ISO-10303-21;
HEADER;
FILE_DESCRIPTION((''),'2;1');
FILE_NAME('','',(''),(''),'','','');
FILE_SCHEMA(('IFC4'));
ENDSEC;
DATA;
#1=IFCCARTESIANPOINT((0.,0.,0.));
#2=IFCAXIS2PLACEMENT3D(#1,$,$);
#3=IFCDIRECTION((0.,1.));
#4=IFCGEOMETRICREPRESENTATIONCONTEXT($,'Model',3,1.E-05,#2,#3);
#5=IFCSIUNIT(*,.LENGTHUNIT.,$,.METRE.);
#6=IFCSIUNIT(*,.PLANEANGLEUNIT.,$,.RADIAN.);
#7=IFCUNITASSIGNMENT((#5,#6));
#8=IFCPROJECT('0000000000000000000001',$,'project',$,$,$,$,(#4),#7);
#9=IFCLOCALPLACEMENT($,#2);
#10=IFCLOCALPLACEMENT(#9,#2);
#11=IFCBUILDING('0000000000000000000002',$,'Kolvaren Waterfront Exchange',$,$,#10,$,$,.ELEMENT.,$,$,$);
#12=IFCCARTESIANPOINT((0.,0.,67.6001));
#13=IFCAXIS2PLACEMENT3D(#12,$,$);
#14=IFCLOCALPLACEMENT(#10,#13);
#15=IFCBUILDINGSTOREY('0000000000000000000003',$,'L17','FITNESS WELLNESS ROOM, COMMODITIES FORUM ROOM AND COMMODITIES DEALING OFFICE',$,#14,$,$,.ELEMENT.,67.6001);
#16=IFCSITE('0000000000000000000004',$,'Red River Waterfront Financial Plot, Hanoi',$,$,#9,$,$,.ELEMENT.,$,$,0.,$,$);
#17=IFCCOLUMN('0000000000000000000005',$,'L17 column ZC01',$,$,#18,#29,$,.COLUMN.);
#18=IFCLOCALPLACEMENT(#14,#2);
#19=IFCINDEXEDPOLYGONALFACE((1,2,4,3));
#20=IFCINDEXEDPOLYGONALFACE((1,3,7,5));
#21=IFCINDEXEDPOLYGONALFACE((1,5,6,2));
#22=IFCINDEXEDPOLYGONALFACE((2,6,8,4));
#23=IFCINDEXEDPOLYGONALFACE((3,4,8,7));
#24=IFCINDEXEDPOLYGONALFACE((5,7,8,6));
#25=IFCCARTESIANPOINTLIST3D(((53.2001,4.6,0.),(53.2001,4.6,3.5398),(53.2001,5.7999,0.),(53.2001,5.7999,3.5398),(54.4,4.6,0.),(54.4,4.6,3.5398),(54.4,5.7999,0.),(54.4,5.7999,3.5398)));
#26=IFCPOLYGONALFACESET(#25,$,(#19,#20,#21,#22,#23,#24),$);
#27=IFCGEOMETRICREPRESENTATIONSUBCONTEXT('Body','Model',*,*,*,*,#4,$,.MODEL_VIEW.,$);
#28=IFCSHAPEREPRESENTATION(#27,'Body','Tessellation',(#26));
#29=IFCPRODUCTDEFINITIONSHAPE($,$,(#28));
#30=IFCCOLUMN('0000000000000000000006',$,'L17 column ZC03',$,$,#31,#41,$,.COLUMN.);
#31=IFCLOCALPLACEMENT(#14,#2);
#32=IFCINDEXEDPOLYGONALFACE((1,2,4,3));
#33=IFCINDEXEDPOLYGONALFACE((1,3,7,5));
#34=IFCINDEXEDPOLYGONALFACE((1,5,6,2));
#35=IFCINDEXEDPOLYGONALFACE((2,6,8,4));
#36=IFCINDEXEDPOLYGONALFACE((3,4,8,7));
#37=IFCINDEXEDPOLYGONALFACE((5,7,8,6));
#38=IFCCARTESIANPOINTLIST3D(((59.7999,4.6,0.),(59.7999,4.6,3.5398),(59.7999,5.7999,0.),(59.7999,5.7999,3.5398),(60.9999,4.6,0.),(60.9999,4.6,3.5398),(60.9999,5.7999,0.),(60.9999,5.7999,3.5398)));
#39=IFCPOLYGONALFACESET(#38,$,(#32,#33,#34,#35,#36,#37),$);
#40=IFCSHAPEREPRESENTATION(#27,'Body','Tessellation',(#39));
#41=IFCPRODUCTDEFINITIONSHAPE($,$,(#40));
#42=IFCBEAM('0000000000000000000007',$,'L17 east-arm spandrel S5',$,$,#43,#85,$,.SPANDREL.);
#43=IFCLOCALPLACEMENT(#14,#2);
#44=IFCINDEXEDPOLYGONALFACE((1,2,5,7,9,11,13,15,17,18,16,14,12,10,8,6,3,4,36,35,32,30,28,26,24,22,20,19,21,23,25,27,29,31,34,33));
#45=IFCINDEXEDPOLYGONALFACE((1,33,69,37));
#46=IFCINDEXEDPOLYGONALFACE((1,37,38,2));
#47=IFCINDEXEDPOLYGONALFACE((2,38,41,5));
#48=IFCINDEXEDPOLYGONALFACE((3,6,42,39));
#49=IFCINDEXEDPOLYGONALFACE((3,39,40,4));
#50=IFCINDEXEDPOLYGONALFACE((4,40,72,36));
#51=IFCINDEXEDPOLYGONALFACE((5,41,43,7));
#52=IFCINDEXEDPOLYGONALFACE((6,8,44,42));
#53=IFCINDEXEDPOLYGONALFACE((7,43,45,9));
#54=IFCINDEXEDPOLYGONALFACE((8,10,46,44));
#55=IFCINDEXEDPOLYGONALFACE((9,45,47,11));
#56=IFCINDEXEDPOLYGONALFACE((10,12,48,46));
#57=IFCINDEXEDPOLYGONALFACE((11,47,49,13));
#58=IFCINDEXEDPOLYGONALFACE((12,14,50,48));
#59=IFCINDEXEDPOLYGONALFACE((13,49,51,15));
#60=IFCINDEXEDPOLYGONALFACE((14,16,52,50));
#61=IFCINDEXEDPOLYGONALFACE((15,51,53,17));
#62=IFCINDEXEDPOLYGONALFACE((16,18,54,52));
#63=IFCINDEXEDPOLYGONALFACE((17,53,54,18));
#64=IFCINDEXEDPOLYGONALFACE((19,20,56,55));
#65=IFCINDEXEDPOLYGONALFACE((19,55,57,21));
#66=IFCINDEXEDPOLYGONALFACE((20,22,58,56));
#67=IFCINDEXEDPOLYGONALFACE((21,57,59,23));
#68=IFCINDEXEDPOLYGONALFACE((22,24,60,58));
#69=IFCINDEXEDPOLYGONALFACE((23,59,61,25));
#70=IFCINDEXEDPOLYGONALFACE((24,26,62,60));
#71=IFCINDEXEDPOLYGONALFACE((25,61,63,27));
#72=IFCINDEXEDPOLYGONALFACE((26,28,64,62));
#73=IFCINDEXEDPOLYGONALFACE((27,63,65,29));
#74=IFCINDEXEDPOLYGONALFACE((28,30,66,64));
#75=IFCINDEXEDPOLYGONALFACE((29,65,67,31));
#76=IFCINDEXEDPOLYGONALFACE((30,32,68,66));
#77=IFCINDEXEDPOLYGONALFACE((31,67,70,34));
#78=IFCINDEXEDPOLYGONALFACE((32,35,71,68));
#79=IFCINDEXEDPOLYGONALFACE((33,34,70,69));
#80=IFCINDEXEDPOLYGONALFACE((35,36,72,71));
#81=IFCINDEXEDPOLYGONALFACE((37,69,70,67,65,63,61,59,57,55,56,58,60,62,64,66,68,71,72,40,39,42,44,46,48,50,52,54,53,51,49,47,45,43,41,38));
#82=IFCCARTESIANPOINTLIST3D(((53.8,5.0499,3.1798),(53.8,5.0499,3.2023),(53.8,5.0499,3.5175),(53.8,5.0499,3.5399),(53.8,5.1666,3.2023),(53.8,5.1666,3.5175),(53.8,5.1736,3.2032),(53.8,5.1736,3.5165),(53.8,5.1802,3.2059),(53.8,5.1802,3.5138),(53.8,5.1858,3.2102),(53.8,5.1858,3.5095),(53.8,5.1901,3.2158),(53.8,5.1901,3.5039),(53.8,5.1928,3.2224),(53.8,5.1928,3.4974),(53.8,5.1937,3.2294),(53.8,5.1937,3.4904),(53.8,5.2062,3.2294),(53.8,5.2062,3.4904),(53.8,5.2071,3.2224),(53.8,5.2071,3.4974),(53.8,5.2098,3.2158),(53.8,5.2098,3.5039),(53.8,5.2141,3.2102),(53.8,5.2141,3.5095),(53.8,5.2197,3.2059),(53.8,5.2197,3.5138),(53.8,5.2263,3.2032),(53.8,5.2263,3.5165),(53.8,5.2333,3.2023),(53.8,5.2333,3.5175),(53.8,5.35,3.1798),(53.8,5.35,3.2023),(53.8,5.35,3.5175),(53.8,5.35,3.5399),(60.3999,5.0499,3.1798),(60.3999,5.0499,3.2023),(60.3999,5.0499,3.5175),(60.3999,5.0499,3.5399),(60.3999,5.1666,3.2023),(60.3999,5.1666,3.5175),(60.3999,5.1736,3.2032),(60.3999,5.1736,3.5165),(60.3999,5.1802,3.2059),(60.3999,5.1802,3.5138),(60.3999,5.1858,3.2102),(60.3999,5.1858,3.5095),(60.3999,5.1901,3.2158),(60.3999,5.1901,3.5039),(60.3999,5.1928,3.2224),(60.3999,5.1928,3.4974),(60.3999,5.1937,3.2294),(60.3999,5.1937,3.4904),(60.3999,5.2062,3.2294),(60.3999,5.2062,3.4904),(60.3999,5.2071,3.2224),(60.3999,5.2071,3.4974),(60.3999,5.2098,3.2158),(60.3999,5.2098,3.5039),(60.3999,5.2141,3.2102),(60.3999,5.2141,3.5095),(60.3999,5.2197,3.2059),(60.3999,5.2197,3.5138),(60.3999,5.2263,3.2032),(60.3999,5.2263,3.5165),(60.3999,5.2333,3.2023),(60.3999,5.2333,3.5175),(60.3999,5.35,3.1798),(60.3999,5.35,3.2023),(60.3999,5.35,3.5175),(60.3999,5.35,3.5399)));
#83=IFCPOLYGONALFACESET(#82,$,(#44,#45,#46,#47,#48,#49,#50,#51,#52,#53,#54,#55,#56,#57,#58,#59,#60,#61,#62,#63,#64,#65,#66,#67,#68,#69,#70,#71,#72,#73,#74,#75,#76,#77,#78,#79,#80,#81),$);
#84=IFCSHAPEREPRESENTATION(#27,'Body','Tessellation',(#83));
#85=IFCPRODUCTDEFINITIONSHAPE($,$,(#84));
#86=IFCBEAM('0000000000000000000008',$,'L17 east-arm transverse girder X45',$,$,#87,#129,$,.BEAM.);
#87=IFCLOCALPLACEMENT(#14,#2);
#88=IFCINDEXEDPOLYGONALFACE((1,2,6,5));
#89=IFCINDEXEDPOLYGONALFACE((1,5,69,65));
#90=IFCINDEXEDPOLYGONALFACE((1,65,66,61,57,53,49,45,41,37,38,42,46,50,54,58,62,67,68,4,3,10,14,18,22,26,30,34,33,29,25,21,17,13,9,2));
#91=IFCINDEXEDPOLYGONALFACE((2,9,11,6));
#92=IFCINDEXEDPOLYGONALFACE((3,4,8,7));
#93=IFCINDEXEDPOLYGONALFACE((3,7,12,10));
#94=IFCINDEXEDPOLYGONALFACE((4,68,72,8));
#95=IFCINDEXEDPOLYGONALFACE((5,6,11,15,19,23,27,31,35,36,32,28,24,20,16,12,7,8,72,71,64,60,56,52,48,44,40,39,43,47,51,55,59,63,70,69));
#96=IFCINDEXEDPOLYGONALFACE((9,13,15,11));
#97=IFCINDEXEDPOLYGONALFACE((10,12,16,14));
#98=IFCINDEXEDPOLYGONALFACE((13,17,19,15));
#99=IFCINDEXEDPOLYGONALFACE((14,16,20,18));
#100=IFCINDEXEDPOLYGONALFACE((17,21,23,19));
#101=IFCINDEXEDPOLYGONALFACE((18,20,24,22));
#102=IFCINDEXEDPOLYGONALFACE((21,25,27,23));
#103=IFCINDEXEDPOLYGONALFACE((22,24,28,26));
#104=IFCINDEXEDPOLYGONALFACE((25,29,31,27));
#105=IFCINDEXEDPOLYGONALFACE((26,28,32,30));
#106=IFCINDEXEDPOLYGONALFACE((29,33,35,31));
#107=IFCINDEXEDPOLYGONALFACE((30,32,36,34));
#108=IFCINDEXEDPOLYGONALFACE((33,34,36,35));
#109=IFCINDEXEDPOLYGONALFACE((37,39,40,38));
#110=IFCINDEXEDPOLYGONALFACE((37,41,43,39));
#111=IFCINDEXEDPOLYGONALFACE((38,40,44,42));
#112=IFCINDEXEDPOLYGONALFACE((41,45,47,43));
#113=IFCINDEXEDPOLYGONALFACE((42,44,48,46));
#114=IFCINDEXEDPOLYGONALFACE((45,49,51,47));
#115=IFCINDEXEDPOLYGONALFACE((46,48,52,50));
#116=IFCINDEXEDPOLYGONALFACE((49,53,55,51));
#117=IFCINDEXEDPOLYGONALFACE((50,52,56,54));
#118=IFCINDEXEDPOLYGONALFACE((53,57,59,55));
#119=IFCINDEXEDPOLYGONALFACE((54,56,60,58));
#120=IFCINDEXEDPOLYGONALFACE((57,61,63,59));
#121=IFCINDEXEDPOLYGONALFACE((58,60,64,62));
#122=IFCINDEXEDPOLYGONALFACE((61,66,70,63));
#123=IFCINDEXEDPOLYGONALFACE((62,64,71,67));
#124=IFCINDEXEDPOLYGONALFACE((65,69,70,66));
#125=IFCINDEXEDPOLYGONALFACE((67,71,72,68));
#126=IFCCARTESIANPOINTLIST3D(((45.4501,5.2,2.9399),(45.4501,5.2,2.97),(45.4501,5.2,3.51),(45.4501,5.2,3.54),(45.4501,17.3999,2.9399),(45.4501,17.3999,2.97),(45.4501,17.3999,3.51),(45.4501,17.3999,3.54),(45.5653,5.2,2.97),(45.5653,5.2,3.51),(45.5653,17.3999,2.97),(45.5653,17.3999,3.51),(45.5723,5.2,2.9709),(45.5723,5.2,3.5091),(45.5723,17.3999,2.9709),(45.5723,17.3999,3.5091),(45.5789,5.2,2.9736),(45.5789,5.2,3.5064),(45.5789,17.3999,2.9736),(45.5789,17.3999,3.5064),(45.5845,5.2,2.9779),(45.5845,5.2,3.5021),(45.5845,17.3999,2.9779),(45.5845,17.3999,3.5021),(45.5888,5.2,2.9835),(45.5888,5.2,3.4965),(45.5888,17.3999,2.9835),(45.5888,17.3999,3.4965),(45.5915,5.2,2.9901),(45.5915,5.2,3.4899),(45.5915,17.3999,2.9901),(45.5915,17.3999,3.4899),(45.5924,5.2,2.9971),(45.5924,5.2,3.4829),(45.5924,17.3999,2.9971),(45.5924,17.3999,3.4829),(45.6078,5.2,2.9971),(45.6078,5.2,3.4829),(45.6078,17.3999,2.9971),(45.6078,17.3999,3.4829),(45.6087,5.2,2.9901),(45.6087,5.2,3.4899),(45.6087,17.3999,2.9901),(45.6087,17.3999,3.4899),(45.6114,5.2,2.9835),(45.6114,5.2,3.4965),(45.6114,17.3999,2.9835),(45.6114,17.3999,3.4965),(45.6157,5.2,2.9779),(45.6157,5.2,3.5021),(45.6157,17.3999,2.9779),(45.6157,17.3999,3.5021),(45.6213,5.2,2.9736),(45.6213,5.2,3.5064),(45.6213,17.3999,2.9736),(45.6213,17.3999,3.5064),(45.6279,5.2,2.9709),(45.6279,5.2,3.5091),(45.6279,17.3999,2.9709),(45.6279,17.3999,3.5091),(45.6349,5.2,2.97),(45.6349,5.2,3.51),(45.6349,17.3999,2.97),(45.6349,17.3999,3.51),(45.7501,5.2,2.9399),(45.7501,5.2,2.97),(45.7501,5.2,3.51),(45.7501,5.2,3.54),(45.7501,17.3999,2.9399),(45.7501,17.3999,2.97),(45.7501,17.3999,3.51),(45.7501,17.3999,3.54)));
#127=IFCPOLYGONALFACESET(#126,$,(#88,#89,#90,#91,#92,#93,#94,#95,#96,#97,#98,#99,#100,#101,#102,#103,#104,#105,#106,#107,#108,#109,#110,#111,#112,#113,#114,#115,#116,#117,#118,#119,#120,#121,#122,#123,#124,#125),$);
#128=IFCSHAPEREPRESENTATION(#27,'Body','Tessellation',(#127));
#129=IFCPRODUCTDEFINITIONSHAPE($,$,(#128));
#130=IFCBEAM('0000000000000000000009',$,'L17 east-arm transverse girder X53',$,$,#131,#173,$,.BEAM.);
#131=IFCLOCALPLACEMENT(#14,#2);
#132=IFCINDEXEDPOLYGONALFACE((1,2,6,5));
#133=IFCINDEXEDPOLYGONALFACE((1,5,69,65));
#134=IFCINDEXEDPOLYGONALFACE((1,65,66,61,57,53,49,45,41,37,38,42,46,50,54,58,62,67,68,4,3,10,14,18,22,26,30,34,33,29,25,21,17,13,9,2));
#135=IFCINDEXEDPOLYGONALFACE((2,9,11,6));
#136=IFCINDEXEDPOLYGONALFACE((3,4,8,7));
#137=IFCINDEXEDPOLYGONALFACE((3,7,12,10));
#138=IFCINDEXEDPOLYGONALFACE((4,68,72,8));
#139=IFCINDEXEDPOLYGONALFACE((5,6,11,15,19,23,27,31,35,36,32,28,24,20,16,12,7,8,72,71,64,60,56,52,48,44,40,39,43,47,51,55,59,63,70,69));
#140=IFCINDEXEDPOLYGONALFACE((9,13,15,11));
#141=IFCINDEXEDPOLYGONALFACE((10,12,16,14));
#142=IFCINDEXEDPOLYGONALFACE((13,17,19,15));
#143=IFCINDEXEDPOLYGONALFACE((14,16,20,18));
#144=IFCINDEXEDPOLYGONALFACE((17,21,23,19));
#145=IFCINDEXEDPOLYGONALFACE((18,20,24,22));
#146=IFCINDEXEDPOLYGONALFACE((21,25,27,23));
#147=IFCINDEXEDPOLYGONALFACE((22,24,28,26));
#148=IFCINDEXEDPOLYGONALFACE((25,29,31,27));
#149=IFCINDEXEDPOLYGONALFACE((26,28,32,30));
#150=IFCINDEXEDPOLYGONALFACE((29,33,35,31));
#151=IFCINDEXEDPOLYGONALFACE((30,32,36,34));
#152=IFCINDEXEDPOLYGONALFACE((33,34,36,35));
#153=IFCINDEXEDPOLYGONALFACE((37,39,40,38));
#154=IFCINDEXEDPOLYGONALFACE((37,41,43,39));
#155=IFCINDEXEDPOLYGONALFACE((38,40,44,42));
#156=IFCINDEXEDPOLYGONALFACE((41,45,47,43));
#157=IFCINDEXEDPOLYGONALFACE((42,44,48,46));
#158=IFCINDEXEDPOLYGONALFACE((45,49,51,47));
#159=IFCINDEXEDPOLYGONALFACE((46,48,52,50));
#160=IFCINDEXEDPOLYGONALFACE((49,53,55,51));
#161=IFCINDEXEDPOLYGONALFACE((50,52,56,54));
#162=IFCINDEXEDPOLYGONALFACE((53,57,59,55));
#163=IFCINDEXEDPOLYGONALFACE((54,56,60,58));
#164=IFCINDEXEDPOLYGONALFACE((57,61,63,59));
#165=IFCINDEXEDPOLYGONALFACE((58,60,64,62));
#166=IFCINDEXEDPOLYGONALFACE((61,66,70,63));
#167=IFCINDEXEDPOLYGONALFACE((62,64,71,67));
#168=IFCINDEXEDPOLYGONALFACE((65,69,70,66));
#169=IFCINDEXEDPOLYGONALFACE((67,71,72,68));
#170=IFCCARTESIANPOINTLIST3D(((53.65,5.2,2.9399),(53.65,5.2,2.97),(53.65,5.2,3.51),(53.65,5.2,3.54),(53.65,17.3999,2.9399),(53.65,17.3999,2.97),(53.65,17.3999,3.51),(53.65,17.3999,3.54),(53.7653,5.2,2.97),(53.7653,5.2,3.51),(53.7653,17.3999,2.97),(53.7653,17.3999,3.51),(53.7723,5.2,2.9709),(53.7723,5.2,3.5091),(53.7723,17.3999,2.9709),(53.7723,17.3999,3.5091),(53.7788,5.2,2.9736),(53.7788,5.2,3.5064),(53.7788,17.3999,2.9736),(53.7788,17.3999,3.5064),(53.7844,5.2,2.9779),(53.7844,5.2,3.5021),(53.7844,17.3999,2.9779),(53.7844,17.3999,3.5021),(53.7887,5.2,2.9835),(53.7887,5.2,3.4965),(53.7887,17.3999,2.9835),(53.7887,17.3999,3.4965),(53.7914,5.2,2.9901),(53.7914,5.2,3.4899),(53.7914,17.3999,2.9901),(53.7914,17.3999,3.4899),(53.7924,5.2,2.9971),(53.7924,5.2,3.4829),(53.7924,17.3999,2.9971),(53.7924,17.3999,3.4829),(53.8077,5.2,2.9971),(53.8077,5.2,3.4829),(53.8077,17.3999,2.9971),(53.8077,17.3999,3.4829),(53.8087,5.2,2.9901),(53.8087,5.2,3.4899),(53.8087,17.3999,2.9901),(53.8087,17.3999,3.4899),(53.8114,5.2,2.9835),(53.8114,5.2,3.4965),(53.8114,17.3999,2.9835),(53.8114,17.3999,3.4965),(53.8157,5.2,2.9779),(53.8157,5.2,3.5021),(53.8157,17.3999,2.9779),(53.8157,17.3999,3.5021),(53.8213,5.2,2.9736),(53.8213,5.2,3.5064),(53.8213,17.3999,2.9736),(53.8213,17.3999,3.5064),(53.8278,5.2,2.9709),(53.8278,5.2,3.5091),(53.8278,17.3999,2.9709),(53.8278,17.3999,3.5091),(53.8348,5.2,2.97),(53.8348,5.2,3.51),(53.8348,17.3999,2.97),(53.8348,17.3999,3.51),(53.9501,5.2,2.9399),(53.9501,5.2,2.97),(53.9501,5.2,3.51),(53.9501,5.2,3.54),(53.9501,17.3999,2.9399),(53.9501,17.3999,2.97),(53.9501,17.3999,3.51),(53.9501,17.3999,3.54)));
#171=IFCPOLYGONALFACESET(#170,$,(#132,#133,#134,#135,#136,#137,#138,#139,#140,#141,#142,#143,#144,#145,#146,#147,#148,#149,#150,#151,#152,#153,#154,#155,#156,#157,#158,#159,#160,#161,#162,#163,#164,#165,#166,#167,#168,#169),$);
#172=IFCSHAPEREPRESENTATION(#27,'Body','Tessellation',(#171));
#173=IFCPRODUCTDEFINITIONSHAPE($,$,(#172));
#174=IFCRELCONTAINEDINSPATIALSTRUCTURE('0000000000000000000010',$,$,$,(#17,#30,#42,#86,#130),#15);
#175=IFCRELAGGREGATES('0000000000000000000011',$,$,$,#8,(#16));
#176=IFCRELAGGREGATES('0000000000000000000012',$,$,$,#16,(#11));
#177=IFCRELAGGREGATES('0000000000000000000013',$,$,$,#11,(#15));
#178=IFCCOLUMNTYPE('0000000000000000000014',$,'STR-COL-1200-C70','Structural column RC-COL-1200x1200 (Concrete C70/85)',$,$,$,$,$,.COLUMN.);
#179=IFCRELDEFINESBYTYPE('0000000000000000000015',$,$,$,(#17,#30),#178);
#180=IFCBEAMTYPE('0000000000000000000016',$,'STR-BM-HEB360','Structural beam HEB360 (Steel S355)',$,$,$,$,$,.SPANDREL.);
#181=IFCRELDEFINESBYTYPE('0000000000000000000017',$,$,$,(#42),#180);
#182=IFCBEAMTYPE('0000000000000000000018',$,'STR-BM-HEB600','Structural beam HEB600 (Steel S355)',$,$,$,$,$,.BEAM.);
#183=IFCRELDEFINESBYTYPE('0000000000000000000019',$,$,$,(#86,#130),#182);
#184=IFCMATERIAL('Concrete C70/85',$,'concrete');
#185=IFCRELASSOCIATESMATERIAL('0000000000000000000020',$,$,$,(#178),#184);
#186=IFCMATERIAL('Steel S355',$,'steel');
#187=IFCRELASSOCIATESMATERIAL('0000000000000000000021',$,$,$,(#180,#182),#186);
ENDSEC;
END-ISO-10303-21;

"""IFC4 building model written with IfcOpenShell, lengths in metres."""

from ifc_helpers import new_model, si_unit, direction, frame, origin, origin_2d, place, context, subcontext, project, spatial, rectangle, i_section, extrude, material, material_profile, profile_set, type_object, element, save


model = new_model("IFC4")

# Units and contexts
model_context = context("Model", 3, precision=1e-05, world=origin(), true_north=direction((0.0, 1.0)))
body_context = subcontext(model_context, "Body", "Model", "MODEL_VIEW")
ifc_project = project(units=[si_unit("LENGTHUNIT", "METRE"), si_unit("PLANEANGLEUNIT", "RADIAN")], contexts=[model_context])

# Site, building, storey
site_placement = place(None, origin())
site = spatial("IfcSite", under=ifc_project, at=site_placement, Name="Red River Waterfront Financial Plot, Hanoi", CompositionType="ELEMENT", RefElevation=0.0)
building_placement = place(site_placement, origin())
building = spatial("IfcBuilding", under=site, at=building_placement, Name="Kolvaren Waterfront Exchange", CompositionType="ELEMENT")
storey_placement = place(building_placement, frame((0.0, 0.0, 67.6001)))
storey = spatial("IfcBuildingStorey", under=building, at=storey_placement, Name="L17", Description="FITNESS WELLNESS ROOM, COMMODITIES FORUM ROOM AND COMMODITIES DEALING OFFICE", CompositionType="ELEMENT", Elevation=67.6001)

# Columns
ifc_material_1 = material(Name="Concrete C70/85", Category="concrete")
ifc_material_profile_1 = material_profile(ifc_material_1, rectangle(XDim=1.2, YDim=1.2, at=origin_2d()), Name="RC-COL-1200x1200")
ifc_profile_set_1 = profile_set([ifc_material_profile_1], Name="Concrete C70/85")
column_type = type_object("IfcColumnType", Name="STR-COL-1200-C70", Description="Structural column RC-COL-1200x1200 (Concrete C70/85)", PredefinedType="COLUMN", material=ifc_profile_set_1)
for number, where, z_axis, x_axis, name in (
    (1, (53.8, 5.2, 0.0), (0.0, 0.0, 1.0), (1.0, 0.0, 0.0), "L17 column ZC01"),
    (2, (60.3999, 5.2, 0.0), (0.0, 0.0, 1.0), (1.0, 0.0, 0.0), "L17 column ZC03"),
):
    element("IfcColumn", number, at=place(storey_placement, frame(where, z_axis=z_axis, x_axis=x_axis)), inside=storey, type_object=column_type, Name=name, PredefinedType="COLUMN", context=body_context, shape_type="SweptSolid", body=[
        extrude(rectangle(XDim=1.2, YDim=1.2, at=origin_2d()), origin(), (0.0, 0.0, 1.0), 3.5398),
    ])

# Beams
ifc_material_2 = material(Name="Steel S355", Category="steel")
ifc_material_profile_2 = material_profile(ifc_material_2, i_section(OverallWidth=0.3, OverallDepth=0.3601, WebThickness=0.0125, FlangeThickness=0.0225, FilletRadius=0.0271, at=origin_2d()), Name="HEB360")
ifc_profile_set_2 = profile_set([ifc_material_profile_2], Name="Steel S355")
beam_type_1 = type_object("IfcBeamType", Name="STR-BM-HEB360", Description="Structural beam HEB360 (Steel S355)", PredefinedType="SPANDREL", material=ifc_profile_set_2)
beam_1_placement = place(storey_placement, frame((53.8, 5.2, 3.3599), z_axis=(1.0, 0.0, 0.0), x_axis=(0.0, 1.0, 0.0)))
element("IfcBeam", 3, at=beam_1_placement, inside=storey, type_object=beam_type_1, Name="L17 east-arm spandrel S5", PredefinedType="SPANDREL", context=body_context, shape_type="SweptSolid", body=[
    extrude(i_section(OverallWidth=0.3, OverallDepth=0.3601, WebThickness=0.0125, FlangeThickness=0.0225, FilletRadius=0.0271, at=origin_2d()), origin(), (0.0, 0.0, 1.0), 6.5999),
])
ifc_material_profile_3 = material_profile(ifc_material_2, i_section(OverallWidth=0.3, OverallDepth=0.6001, WebThickness=0.0154, FlangeThickness=0.03, FilletRadius=0.0271, at=origin_2d()), Name="HEB600")
ifc_profile_set_3 = profile_set([ifc_material_profile_3], Name="Steel S355")
beam_type_2 = type_object("IfcBeamType", Name="STR-BM-HEB600", Description="Structural beam HEB600 (Steel S355)", PredefinedType="BEAM", material=ifc_profile_set_3)
for number, where, z_axis, x_axis, name in (
    (4, (45.6001, 5.2, 3.24), (0.0, 1.0, 0.0), (-1.0, 0.0, 0.0), "L17 east-arm transverse girder X45"),
    (5, (53.8, 5.2, 3.24), (0.0, 1.0, 0.0), (-1.0, 0.0, 0.0), "L17 east-arm transverse girder X53"),
):
    element("IfcBeam", number, at=place(storey_placement, frame(where, z_axis=z_axis, x_axis=x_axis)), inside=storey, type_object=beam_type_2, Name=name, PredefinedType="BEAM", context=body_context, shape_type="SweptSolid", body=[
        extrude(i_section(OverallWidth=0.3, OverallDepth=0.6001, WebThickness=0.0154, FlangeThickness=0.03, FilletRadius=0.0271, at=origin_2d()), origin(), (0.0, 0.0, 1.0), 12.2),
    ])

save(model, "model.ifc")
